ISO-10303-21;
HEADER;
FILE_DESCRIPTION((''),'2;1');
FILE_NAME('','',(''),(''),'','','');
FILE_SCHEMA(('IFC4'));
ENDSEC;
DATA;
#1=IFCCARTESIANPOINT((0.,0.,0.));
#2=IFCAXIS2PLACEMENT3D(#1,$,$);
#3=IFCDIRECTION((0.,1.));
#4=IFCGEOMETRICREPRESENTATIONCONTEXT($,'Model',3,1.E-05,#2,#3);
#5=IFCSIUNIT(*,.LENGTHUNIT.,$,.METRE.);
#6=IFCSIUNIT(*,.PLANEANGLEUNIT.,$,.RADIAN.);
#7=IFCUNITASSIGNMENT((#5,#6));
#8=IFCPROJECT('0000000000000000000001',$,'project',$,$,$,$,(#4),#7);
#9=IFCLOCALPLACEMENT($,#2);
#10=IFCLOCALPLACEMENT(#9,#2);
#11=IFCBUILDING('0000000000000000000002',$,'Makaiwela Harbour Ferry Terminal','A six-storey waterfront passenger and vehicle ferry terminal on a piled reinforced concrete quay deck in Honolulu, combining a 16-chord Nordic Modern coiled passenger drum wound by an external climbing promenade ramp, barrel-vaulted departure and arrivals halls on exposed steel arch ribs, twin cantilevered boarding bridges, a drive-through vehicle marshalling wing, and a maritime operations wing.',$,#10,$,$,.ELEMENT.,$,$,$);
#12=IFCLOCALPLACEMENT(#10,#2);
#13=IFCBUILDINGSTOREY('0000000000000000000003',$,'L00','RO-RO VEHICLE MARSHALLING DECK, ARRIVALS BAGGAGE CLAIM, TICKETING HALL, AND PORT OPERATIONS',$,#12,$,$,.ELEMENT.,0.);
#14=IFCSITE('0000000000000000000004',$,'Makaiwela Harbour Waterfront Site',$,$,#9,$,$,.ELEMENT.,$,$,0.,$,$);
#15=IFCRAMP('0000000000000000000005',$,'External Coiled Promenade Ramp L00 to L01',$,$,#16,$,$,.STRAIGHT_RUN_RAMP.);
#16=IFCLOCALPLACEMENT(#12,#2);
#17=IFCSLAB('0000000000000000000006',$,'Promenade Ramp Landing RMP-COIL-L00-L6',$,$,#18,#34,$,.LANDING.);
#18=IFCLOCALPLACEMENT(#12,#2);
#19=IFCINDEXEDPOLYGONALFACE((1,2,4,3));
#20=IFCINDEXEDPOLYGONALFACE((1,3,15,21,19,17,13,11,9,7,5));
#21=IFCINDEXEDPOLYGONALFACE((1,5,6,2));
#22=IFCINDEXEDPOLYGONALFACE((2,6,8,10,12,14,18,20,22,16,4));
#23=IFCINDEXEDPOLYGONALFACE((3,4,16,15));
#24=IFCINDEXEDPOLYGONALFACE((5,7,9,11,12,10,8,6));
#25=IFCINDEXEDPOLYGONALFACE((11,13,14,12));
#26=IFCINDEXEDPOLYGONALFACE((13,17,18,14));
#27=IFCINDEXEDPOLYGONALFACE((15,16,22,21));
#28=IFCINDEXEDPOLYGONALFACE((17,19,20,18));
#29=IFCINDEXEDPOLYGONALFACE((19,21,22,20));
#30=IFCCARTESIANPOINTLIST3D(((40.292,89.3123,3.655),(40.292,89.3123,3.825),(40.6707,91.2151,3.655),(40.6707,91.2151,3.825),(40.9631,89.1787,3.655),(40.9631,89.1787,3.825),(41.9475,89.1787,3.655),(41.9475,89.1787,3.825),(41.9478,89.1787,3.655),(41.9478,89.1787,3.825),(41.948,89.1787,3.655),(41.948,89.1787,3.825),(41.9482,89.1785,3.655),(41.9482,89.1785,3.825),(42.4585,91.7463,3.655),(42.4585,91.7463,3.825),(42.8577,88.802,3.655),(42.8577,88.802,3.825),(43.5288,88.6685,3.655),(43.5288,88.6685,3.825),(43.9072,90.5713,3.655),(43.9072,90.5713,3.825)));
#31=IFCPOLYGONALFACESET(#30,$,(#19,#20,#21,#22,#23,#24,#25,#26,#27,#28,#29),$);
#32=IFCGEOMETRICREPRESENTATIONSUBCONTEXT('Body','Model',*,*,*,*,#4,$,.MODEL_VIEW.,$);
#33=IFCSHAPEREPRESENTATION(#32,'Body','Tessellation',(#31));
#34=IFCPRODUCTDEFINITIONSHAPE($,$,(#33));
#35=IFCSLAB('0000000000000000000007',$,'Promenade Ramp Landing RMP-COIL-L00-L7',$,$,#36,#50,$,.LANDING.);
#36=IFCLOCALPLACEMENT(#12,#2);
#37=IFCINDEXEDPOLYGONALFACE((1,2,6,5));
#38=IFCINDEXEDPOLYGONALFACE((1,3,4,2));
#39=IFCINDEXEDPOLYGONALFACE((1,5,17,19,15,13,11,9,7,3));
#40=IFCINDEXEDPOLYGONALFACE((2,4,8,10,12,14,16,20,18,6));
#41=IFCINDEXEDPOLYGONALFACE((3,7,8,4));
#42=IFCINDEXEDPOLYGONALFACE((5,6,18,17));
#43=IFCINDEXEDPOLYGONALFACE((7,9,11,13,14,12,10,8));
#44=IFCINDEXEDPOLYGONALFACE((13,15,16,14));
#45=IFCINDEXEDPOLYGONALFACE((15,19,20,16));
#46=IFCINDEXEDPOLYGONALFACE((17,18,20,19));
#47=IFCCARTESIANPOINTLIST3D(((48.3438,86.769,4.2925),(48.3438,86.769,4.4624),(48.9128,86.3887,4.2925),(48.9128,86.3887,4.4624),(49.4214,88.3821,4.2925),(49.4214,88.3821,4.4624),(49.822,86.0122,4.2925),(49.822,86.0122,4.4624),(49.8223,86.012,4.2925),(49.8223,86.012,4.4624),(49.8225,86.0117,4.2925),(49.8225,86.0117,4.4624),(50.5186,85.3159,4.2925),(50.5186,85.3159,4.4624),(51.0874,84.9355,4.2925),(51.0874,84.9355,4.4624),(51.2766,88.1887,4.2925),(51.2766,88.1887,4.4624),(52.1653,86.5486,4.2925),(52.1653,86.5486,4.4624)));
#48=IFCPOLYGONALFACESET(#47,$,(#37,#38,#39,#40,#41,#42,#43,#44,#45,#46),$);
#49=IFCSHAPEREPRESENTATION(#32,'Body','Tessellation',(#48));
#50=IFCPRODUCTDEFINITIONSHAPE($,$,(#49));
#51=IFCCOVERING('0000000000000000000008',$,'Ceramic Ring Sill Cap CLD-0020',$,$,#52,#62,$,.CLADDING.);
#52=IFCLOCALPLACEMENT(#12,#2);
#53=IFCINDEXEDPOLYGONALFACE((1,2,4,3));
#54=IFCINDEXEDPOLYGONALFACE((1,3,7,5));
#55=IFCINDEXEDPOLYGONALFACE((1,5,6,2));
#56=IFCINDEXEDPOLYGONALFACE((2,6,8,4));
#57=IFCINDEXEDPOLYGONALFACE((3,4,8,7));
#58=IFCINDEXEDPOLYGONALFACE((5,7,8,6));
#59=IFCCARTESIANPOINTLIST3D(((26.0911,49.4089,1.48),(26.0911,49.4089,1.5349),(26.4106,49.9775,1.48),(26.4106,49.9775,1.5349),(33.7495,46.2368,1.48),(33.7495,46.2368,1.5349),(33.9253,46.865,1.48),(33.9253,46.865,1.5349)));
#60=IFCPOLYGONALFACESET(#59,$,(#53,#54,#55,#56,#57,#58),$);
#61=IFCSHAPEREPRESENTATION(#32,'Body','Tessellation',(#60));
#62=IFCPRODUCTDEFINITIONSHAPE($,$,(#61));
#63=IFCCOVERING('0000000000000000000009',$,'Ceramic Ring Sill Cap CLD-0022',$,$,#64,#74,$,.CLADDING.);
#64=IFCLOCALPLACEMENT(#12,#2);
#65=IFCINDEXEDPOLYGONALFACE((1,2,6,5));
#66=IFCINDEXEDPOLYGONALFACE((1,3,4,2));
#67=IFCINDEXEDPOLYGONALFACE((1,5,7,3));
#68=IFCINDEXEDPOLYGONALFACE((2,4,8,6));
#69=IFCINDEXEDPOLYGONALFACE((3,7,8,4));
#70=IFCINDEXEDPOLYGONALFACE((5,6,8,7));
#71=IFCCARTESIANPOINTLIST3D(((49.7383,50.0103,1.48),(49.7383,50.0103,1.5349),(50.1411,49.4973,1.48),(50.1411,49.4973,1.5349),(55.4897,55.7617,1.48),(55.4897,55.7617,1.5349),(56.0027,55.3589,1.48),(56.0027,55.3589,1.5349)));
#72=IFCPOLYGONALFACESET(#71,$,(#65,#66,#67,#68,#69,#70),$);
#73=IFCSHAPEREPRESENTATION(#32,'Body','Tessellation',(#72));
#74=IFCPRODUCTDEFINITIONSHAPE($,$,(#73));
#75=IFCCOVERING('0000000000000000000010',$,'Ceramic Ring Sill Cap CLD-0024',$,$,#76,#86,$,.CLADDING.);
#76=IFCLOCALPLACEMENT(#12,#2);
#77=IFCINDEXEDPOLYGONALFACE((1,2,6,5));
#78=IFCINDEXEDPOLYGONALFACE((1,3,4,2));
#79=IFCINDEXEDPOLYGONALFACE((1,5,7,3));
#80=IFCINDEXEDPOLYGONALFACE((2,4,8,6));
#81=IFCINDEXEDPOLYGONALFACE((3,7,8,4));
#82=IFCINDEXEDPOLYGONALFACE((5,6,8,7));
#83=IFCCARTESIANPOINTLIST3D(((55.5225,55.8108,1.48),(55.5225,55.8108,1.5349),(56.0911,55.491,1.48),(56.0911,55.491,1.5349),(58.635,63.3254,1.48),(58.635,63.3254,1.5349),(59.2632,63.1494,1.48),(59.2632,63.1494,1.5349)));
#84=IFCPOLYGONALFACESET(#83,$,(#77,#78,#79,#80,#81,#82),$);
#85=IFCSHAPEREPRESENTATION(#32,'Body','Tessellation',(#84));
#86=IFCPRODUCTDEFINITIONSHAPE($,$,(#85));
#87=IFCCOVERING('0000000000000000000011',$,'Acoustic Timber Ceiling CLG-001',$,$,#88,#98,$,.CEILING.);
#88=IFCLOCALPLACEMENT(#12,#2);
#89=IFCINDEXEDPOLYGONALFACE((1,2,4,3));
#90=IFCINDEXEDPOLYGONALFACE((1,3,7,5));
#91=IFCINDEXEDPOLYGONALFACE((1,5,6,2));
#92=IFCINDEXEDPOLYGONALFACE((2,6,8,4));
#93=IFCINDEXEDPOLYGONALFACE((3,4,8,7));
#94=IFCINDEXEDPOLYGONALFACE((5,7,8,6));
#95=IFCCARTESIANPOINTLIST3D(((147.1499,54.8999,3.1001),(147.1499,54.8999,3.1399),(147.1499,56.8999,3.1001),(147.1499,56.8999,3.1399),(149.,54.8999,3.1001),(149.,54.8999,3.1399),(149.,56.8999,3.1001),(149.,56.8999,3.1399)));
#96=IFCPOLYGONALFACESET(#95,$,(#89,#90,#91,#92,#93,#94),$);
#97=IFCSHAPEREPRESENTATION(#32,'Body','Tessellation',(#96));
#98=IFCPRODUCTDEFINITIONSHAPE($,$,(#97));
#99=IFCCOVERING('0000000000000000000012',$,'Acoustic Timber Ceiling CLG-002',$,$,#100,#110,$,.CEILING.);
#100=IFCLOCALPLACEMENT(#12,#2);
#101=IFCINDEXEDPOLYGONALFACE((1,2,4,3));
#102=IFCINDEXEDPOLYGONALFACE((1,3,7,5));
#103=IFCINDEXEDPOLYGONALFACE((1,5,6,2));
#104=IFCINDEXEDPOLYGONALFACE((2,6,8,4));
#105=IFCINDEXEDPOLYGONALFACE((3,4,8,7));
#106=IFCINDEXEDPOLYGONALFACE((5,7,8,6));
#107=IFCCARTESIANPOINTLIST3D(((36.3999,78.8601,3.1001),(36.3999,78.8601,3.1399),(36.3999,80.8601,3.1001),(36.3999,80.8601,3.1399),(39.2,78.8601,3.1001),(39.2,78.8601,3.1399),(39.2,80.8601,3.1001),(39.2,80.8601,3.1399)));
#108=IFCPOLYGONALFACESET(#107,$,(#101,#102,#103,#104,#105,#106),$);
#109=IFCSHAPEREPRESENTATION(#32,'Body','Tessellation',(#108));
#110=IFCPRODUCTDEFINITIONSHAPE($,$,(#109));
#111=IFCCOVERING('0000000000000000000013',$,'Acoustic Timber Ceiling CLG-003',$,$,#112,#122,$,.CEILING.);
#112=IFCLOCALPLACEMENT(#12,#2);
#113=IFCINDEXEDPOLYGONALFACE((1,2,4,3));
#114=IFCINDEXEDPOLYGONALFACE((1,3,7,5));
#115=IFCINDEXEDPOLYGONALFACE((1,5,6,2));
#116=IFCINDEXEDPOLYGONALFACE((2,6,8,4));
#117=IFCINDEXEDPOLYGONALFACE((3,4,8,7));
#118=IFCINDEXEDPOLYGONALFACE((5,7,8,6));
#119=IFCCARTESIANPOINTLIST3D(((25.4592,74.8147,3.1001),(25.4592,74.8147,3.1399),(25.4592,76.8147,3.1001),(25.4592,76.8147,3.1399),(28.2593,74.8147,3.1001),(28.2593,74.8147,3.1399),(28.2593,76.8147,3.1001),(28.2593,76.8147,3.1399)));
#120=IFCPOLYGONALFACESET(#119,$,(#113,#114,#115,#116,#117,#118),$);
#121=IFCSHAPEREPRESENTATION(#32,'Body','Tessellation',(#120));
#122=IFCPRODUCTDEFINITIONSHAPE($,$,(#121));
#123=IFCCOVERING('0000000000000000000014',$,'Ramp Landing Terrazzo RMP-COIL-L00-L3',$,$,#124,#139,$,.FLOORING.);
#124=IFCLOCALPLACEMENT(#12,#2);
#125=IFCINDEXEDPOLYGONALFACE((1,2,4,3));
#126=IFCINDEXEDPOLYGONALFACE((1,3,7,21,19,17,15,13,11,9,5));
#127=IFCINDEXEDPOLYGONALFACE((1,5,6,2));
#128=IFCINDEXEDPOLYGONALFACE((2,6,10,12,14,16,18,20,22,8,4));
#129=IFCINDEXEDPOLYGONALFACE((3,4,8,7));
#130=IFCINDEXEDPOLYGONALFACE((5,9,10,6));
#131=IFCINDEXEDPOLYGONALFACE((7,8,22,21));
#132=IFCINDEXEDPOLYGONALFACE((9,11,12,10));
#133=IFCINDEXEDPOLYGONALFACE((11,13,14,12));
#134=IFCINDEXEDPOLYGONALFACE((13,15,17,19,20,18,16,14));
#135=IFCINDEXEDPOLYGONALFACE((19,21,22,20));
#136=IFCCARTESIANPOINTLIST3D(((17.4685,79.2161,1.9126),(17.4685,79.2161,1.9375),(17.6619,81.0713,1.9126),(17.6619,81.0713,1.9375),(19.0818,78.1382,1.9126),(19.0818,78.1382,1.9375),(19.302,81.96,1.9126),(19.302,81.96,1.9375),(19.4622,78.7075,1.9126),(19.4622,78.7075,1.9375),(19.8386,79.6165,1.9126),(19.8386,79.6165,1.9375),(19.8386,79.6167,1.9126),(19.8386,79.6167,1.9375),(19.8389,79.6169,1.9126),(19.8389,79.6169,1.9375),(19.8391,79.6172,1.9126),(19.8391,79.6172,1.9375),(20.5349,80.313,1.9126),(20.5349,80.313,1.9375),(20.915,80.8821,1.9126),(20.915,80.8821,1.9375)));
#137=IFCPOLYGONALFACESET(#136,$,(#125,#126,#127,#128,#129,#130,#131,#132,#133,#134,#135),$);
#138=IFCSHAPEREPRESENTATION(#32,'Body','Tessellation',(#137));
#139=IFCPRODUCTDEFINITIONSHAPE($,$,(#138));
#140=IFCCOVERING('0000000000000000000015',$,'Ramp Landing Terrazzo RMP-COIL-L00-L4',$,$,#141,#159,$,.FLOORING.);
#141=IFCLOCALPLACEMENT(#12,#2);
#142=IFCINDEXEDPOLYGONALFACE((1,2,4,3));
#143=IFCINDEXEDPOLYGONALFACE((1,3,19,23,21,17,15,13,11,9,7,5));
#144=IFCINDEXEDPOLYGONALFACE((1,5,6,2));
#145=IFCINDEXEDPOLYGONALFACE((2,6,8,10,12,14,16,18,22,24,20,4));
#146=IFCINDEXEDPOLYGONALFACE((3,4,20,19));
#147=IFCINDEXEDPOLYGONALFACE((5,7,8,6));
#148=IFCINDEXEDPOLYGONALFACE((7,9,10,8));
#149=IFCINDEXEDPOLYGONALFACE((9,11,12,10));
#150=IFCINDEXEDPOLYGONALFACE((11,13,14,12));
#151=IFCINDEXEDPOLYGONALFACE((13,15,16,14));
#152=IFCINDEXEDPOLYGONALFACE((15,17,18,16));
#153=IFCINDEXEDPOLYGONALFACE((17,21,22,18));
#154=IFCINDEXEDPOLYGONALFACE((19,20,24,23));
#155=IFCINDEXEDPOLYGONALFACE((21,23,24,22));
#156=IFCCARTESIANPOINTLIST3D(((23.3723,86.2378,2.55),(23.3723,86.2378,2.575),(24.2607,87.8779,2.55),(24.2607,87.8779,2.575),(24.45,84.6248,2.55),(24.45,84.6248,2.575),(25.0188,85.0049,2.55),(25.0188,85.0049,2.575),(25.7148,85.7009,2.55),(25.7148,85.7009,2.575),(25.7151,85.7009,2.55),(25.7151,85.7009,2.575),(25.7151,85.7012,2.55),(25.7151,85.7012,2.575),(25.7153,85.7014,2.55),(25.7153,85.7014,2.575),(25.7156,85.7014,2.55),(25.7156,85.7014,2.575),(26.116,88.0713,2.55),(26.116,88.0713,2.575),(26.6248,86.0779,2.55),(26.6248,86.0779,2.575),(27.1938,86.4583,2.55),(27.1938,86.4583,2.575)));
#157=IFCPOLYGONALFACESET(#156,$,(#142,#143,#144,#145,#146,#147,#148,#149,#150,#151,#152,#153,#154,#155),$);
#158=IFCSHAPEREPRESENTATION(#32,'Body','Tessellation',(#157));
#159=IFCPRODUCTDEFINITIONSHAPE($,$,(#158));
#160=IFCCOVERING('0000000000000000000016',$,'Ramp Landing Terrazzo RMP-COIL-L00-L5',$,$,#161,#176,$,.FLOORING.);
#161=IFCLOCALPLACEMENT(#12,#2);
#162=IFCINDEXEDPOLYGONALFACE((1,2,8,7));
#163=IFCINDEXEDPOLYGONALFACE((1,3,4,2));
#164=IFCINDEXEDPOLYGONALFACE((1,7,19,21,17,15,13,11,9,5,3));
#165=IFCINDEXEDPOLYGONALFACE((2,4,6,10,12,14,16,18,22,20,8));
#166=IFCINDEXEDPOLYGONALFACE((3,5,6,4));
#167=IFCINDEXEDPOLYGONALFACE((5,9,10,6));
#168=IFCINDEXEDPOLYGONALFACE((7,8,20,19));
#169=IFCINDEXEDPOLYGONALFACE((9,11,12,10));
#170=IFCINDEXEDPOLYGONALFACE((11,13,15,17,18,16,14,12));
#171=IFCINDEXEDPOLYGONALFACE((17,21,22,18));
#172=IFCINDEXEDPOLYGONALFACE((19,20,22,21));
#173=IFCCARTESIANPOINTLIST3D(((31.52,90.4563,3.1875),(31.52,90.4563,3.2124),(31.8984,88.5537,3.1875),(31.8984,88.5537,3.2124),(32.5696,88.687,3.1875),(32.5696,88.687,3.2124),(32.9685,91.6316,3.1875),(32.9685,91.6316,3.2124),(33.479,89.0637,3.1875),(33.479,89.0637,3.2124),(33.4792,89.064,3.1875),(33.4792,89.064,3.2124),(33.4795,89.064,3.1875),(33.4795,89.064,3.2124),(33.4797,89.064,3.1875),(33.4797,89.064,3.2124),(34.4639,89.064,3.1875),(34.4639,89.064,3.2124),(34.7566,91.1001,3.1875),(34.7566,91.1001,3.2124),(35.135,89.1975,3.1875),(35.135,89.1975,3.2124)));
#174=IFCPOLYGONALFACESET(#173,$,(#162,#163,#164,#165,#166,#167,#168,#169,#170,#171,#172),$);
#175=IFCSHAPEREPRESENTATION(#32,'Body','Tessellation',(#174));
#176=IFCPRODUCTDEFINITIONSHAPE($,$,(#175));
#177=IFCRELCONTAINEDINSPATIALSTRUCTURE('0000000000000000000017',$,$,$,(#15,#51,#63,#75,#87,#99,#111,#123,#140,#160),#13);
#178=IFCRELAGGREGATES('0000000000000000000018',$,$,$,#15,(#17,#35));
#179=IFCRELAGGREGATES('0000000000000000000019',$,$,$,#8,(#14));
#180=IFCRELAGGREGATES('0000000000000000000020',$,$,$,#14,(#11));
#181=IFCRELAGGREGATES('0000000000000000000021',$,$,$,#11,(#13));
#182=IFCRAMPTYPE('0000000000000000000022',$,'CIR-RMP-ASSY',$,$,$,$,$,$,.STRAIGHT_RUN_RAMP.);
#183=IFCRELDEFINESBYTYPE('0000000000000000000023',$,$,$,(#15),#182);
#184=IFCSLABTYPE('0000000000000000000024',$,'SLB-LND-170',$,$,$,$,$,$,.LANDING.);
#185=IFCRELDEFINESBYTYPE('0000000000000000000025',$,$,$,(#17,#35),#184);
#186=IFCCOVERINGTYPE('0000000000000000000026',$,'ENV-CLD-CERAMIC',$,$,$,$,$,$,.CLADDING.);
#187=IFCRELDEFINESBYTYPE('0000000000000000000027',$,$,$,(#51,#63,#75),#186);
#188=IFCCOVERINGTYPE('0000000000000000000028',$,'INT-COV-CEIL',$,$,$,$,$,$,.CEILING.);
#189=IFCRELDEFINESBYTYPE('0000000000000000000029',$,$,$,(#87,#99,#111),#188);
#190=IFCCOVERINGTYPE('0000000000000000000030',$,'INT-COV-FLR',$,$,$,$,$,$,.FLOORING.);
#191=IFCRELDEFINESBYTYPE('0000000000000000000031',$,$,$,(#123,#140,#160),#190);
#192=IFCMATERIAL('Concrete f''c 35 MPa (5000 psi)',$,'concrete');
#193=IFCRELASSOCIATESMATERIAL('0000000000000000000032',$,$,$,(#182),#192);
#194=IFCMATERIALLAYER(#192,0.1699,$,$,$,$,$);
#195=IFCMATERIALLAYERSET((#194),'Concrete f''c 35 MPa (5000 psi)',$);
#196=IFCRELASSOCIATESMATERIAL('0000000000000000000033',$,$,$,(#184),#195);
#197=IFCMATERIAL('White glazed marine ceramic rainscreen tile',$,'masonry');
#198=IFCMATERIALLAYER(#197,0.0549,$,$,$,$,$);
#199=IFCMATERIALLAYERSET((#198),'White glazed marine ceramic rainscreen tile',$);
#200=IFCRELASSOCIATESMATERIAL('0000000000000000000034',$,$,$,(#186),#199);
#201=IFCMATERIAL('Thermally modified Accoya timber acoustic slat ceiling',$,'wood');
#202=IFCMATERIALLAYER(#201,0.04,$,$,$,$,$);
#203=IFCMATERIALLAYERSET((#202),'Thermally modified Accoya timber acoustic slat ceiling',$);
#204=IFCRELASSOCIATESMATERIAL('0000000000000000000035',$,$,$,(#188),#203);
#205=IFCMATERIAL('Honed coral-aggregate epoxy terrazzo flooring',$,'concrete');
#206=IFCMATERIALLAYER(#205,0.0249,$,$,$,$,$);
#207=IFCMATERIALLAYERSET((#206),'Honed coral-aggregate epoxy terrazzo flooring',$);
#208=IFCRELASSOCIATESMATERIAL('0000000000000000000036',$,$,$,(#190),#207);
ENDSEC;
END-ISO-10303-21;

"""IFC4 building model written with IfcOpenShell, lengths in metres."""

from ifc_helpers import new_model, si_unit, direction, frame, origin, place, context, subcontext, project, spatial, polyline, outline, extrude, material, layer, layer_set, type_object, element, aggregate, save


model = new_model("IFC4")

# Units and contexts
model_context = context("Model", 3, precision=1e-05, world=origin(), true_north=direction((0.0, 1.0)))
body_context = subcontext(model_context, "Body", "Model", "MODEL_VIEW")
ifc_project = project(units=[si_unit("LENGTHUNIT", "METRE"), si_unit("PLANEANGLEUNIT", "RADIAN")], contexts=[model_context])

# Site, building, storey
site_placement = place(None, origin())
site = spatial("IfcSite", under=ifc_project, at=site_placement, Name="Makaiwela Harbour Waterfront Site", CompositionType="ELEMENT", RefElevation=0.0)
building_placement = place(site_placement, origin())
building = spatial("IfcBuilding", under=site, at=building_placement, Name="Makaiwela Harbour Ferry Terminal", Description="A six-storey waterfront passenger and vehicle ferry terminal on a piled reinforced concrete quay deck in Honolulu, combining a 16-chord Nordic Modern coiled passenger drum wound by an external climbing promenade ramp, barrel-vaulted departure and arrivals halls on exposed steel arch ribs, twin cantilevered boarding bridges, a drive-through vehicle marshalling wing, and a maritime operations wing.", CompositionType="ELEMENT")
storey_placement = place(building_placement, origin())
storey = spatial("IfcBuildingStorey", under=building, at=storey_placement, Name="L00", Description="RO-RO VEHICLE MARSHALLING DECK, ARRIVALS BAGGAGE CLAIM, TICKETING HALL, AND PORT OPERATIONS", CompositionType="ELEMENT", Elevation=0.0)

# Shared definitions
ifc_material_1 = material(Name="Concrete f'c 35 MPa (5000 psi)", Category="concrete")

# Ramp, slabs
ramp_type = type_object("IfcRampType", Name="CIR-RMP-ASSY", PredefinedType="STRAIGHT_RUN_RAMP", material=ifc_material_1)
ramp_placement = place(storey_placement, origin())
ramp = element("IfcRamp", 1, at=ramp_placement, inside=storey, type_object=ramp_type, Name="External Coiled Promenade Ramp L00 to L01", PredefinedType="STRAIGHT_RUN_RAMP")
ifc_layer_1 = layer(ifc_material_1, 0.1699)
ifc_layer_set_1 = layer_set([ifc_layer_1], Name="Concrete f'c 35 MPa (5000 psi)")
slab_type_1 = type_object("IfcSlabType", Name="SLB-LND-170", PredefinedType="LANDING", material=ifc_layer_set_1)
slab_1_placement = place(storey_placement, frame((0.0, 0.0, 3.655)))
slab_1 = element("IfcSlab", 2, at=slab_1_placement, type_object=slab_type_1, Name="Promenade Ramp Landing RMP-COIL-L00-L6", PredefinedType="LANDING", context=body_context, shape_type="SweptSolid", body=[
    extrude(outline(polyline([(40.9631, 89.1787), (41.9475, 89.1787), (41.9478, 89.1787), (41.948, 89.1787), (41.948, 89.1787), (41.9482, 89.1785), (42.8577, 88.802), (43.5288, 88.6685), (43.9072, 90.5713), (42.4585, 91.7463), (40.6707, 91.2151), (40.292, 89.3123), (40.9631, 89.1787)])), origin(), (0.0, 0.0, 1.0), 0.1699),
])
slab_2_placement = place(storey_placement, frame((0.0, 0.0, 4.2925)))
slab_2 = element("IfcSlab", 3, at=slab_2_placement, type_object=slab_type_1, Name="Promenade Ramp Landing RMP-COIL-L00-L7", PredefinedType="LANDING", context=body_context, shape_type="SweptSolid", body=[
    extrude(outline(polyline([(48.9128, 86.3887), (49.822, 86.0122), (49.822, 86.0122), (49.8223, 86.012), (49.8225, 86.0117), (49.8225, 86.0117), (50.5186, 85.3159), (51.0874, 84.9355), (52.1653, 86.5486), (51.2766, 88.1887), (49.4214, 88.3821), (48.3438, 86.769), (48.9128, 86.3887)])), origin(), (0.0, 0.0, 1.0), 0.1699),
])
aggregate(ramp, [slab_1, slab_2])

# Coverings
ifc_material_2 = material(Name="White glazed marine ceramic rainscreen tile", Category="masonry")
ifc_layer_2 = layer(ifc_material_2, 0.0549)
ifc_layer_set_2 = layer_set([ifc_layer_2], Name="White glazed marine ceramic rainscreen tile")
covering_type_1 = type_object("IfcCoveringType", Name="ENV-CLD-CERAMIC", PredefinedType="CLADDING", material=ifc_layer_set_2)
covering_1_placement = place(storey_placement, frame((0.0, 0.0, 1.48)))
element("IfcCovering", 4, at=covering_1_placement, inside=storey, type_object=covering_type_1, Name="Ceramic Ring Sill Cap CLD-0020", PredefinedType="CLADDING", context=body_context, shape_type="SweptSolid", body=[
    extrude(outline(polyline([(26.0911, 49.4089), (33.7495, 46.2368), (33.9253, 46.865), (26.4106, 49.9775), (26.0911, 49.4089)])), origin(), (0.0, 0.0, 1.0), 0.0549),
])
covering_2_placement = place(storey_placement, frame((0.0, 0.0, 1.48)))
element("IfcCovering", 5, at=covering_2_placement, inside=storey, type_object=covering_type_1, Name="Ceramic Ring Sill Cap CLD-0022", PredefinedType="CLADDING", context=body_context, shape_type="SweptSolid", body=[
    extrude(outline(polyline([(50.1411, 49.4973), (56.0027, 55.3589), (55.4897, 55.7617), (49.7383, 50.0103), (50.1411, 49.4973)])), origin(), (0.0, 0.0, 1.0), 0.0549),
])
covering_3_placement = place(storey_placement, frame((0.0, 0.0, 1.48)))
element("IfcCovering", 6, at=covering_3_placement, inside=storey, type_object=covering_type_1, Name="Ceramic Ring Sill Cap CLD-0024", PredefinedType="CLADDING", context=body_context, shape_type="SweptSolid", body=[
    extrude(outline(polyline([(56.0911, 55.491), (59.2632, 63.1494), (58.635, 63.3254), (55.5225, 55.8108), (56.0911, 55.491)])), origin(), (0.0, 0.0, 1.0), 0.0549),
])
ifc_material_3 = material(Name="Thermally modified Accoya timber acoustic slat ceiling", Category="wood")
ifc_layer_3 = layer(ifc_material_3, 0.04)
ifc_layer_set_3 = layer_set([ifc_layer_3], Name="Thermally modified Accoya timber acoustic slat ceiling")
covering_type_2 = type_object("IfcCoveringType", Name="INT-COV-CEIL", PredefinedType="CEILING", material=ifc_layer_set_3)
covering_4_placement = place(storey_placement, frame((0.0, 0.0, 3.1001)))
element("IfcCovering", 7, at=covering_4_placement, inside=storey, type_object=covering_type_2, Name="Acoustic Timber Ceiling CLG-001", PredefinedType="CEILING", context=body_context, shape_type="SweptSolid", body=[
    extrude(outline(polyline([(147.1499, 54.8999), (149.0, 54.8999), (149.0, 56.8999), (147.1499, 56.8999), (147.1499, 54.8999)])), origin(), (0.0, 0.0, 1.0), 0.0398),
])
covering_5_placement = place(storey_placement, frame((0.0, 0.0, 3.1001)))
element("IfcCovering", 8, at=covering_5_placement, inside=storey, type_object=covering_type_2, Name="Acoustic Timber Ceiling CLG-002", PredefinedType="CEILING", context=body_context, shape_type="SweptSolid", body=[
    extrude(outline(polyline([(36.3999, 78.8601), (39.2, 78.8601), (39.2, 80.8601), (36.3999, 80.8601), (36.3999, 78.8601)])), origin(), (0.0, 0.0, 1.0), 0.0398),
])
covering_6_placement = place(storey_placement, frame((0.0, 0.0, 3.1001)))
element("IfcCovering", 9, at=covering_6_placement, inside=storey, type_object=covering_type_2, Name="Acoustic Timber Ceiling CLG-003", PredefinedType="CEILING", context=body_context, shape_type="SweptSolid", body=[
    extrude(outline(polyline([(25.4592, 74.8147), (28.2593, 74.8147), (28.2593, 76.8147), (25.4592, 76.8147), (25.4592, 74.8147)])), origin(), (0.0, 0.0, 1.0), 0.0398),
])
ifc_material_4 = material(Name="Honed coral-aggregate epoxy terrazzo flooring", Category="concrete")
ifc_layer_4 = layer(ifc_material_4, 0.0249)
ifc_layer_set_4 = layer_set([ifc_layer_4], Name="Honed coral-aggregate epoxy terrazzo flooring")
covering_type_3 = type_object("IfcCoveringType", Name="INT-COV-FLR", PredefinedType="FLOORING", material=ifc_layer_set_4)
covering_7_placement = place(storey_placement, frame((0.0, 0.0, 1.9126)))
element("IfcCovering", 10, at=covering_7_placement, inside=storey, type_object=covering_type_3, Name="Ramp Landing Terrazzo RMP-COIL-L00-L3", PredefinedType="FLOORING", context=body_context, shape_type="SweptSolid", body=[
    extrude(outline(polyline([(19.4622, 78.7075), (19.8386, 79.6165), (19.8386, 79.6167), (19.8386, 79.6167), (19.8389, 79.6169), (19.8391, 79.6172), (20.5349, 80.313), (20.915, 80.8821), (19.302, 81.96), (17.6619, 81.0713), (17.4685, 79.2161), (19.0818, 78.1382), (19.4622, 78.7075)])), origin(), (0.0, 0.0, 1.0), 0.0249),
])
covering_8_placement = place(storey_placement, frame((0.0, 0.0, 2.55)))
element("IfcCovering", 11, at=covering_8_placement, inside=storey, type_object=covering_type_3, Name="Ramp Landing Terrazzo RMP-COIL-L00-L4", PredefinedType="FLOORING", context=body_context, shape_type="SweptSolid", body=[
    extrude(outline(polyline([(25.0188, 85.0049), (25.7148, 85.7009), (25.7151, 85.7009), (25.7151, 85.7012), (25.7153, 85.7014), (25.7156, 85.7014), (26.6248, 86.0779), (27.1938, 86.4583), (26.116, 88.0713), (24.2607, 87.8779), (23.3723, 86.2378), (24.45, 84.6248), (25.0188, 85.0049)])), origin(), (0.0, 0.0, 1.0), 0.0249),
])
covering_9_placement = place(storey_placement, frame((0.0, 0.0, 3.1875)))
element("IfcCovering", 12, at=covering_9_placement, inside=storey, type_object=covering_type_3, Name="Ramp Landing Terrazzo RMP-COIL-L00-L5", PredefinedType="FLOORING", context=body_context, shape_type="SweptSolid", body=[
    extrude(outline(polyline([(32.5696, 88.687), (33.479, 89.0637), (33.479, 89.0637), (33.4792, 89.064), (33.4795, 89.064), (33.4797, 89.064), (34.4639, 89.064), (35.135, 89.1975), (34.7566, 91.1001), (32.9685, 91.6316), (31.52, 90.4563), (31.8984, 88.5537), (32.5696, 88.687)])), origin(), (0.0, 0.0, 1.0), 0.0249),
])

save(model, "model.ifc")
